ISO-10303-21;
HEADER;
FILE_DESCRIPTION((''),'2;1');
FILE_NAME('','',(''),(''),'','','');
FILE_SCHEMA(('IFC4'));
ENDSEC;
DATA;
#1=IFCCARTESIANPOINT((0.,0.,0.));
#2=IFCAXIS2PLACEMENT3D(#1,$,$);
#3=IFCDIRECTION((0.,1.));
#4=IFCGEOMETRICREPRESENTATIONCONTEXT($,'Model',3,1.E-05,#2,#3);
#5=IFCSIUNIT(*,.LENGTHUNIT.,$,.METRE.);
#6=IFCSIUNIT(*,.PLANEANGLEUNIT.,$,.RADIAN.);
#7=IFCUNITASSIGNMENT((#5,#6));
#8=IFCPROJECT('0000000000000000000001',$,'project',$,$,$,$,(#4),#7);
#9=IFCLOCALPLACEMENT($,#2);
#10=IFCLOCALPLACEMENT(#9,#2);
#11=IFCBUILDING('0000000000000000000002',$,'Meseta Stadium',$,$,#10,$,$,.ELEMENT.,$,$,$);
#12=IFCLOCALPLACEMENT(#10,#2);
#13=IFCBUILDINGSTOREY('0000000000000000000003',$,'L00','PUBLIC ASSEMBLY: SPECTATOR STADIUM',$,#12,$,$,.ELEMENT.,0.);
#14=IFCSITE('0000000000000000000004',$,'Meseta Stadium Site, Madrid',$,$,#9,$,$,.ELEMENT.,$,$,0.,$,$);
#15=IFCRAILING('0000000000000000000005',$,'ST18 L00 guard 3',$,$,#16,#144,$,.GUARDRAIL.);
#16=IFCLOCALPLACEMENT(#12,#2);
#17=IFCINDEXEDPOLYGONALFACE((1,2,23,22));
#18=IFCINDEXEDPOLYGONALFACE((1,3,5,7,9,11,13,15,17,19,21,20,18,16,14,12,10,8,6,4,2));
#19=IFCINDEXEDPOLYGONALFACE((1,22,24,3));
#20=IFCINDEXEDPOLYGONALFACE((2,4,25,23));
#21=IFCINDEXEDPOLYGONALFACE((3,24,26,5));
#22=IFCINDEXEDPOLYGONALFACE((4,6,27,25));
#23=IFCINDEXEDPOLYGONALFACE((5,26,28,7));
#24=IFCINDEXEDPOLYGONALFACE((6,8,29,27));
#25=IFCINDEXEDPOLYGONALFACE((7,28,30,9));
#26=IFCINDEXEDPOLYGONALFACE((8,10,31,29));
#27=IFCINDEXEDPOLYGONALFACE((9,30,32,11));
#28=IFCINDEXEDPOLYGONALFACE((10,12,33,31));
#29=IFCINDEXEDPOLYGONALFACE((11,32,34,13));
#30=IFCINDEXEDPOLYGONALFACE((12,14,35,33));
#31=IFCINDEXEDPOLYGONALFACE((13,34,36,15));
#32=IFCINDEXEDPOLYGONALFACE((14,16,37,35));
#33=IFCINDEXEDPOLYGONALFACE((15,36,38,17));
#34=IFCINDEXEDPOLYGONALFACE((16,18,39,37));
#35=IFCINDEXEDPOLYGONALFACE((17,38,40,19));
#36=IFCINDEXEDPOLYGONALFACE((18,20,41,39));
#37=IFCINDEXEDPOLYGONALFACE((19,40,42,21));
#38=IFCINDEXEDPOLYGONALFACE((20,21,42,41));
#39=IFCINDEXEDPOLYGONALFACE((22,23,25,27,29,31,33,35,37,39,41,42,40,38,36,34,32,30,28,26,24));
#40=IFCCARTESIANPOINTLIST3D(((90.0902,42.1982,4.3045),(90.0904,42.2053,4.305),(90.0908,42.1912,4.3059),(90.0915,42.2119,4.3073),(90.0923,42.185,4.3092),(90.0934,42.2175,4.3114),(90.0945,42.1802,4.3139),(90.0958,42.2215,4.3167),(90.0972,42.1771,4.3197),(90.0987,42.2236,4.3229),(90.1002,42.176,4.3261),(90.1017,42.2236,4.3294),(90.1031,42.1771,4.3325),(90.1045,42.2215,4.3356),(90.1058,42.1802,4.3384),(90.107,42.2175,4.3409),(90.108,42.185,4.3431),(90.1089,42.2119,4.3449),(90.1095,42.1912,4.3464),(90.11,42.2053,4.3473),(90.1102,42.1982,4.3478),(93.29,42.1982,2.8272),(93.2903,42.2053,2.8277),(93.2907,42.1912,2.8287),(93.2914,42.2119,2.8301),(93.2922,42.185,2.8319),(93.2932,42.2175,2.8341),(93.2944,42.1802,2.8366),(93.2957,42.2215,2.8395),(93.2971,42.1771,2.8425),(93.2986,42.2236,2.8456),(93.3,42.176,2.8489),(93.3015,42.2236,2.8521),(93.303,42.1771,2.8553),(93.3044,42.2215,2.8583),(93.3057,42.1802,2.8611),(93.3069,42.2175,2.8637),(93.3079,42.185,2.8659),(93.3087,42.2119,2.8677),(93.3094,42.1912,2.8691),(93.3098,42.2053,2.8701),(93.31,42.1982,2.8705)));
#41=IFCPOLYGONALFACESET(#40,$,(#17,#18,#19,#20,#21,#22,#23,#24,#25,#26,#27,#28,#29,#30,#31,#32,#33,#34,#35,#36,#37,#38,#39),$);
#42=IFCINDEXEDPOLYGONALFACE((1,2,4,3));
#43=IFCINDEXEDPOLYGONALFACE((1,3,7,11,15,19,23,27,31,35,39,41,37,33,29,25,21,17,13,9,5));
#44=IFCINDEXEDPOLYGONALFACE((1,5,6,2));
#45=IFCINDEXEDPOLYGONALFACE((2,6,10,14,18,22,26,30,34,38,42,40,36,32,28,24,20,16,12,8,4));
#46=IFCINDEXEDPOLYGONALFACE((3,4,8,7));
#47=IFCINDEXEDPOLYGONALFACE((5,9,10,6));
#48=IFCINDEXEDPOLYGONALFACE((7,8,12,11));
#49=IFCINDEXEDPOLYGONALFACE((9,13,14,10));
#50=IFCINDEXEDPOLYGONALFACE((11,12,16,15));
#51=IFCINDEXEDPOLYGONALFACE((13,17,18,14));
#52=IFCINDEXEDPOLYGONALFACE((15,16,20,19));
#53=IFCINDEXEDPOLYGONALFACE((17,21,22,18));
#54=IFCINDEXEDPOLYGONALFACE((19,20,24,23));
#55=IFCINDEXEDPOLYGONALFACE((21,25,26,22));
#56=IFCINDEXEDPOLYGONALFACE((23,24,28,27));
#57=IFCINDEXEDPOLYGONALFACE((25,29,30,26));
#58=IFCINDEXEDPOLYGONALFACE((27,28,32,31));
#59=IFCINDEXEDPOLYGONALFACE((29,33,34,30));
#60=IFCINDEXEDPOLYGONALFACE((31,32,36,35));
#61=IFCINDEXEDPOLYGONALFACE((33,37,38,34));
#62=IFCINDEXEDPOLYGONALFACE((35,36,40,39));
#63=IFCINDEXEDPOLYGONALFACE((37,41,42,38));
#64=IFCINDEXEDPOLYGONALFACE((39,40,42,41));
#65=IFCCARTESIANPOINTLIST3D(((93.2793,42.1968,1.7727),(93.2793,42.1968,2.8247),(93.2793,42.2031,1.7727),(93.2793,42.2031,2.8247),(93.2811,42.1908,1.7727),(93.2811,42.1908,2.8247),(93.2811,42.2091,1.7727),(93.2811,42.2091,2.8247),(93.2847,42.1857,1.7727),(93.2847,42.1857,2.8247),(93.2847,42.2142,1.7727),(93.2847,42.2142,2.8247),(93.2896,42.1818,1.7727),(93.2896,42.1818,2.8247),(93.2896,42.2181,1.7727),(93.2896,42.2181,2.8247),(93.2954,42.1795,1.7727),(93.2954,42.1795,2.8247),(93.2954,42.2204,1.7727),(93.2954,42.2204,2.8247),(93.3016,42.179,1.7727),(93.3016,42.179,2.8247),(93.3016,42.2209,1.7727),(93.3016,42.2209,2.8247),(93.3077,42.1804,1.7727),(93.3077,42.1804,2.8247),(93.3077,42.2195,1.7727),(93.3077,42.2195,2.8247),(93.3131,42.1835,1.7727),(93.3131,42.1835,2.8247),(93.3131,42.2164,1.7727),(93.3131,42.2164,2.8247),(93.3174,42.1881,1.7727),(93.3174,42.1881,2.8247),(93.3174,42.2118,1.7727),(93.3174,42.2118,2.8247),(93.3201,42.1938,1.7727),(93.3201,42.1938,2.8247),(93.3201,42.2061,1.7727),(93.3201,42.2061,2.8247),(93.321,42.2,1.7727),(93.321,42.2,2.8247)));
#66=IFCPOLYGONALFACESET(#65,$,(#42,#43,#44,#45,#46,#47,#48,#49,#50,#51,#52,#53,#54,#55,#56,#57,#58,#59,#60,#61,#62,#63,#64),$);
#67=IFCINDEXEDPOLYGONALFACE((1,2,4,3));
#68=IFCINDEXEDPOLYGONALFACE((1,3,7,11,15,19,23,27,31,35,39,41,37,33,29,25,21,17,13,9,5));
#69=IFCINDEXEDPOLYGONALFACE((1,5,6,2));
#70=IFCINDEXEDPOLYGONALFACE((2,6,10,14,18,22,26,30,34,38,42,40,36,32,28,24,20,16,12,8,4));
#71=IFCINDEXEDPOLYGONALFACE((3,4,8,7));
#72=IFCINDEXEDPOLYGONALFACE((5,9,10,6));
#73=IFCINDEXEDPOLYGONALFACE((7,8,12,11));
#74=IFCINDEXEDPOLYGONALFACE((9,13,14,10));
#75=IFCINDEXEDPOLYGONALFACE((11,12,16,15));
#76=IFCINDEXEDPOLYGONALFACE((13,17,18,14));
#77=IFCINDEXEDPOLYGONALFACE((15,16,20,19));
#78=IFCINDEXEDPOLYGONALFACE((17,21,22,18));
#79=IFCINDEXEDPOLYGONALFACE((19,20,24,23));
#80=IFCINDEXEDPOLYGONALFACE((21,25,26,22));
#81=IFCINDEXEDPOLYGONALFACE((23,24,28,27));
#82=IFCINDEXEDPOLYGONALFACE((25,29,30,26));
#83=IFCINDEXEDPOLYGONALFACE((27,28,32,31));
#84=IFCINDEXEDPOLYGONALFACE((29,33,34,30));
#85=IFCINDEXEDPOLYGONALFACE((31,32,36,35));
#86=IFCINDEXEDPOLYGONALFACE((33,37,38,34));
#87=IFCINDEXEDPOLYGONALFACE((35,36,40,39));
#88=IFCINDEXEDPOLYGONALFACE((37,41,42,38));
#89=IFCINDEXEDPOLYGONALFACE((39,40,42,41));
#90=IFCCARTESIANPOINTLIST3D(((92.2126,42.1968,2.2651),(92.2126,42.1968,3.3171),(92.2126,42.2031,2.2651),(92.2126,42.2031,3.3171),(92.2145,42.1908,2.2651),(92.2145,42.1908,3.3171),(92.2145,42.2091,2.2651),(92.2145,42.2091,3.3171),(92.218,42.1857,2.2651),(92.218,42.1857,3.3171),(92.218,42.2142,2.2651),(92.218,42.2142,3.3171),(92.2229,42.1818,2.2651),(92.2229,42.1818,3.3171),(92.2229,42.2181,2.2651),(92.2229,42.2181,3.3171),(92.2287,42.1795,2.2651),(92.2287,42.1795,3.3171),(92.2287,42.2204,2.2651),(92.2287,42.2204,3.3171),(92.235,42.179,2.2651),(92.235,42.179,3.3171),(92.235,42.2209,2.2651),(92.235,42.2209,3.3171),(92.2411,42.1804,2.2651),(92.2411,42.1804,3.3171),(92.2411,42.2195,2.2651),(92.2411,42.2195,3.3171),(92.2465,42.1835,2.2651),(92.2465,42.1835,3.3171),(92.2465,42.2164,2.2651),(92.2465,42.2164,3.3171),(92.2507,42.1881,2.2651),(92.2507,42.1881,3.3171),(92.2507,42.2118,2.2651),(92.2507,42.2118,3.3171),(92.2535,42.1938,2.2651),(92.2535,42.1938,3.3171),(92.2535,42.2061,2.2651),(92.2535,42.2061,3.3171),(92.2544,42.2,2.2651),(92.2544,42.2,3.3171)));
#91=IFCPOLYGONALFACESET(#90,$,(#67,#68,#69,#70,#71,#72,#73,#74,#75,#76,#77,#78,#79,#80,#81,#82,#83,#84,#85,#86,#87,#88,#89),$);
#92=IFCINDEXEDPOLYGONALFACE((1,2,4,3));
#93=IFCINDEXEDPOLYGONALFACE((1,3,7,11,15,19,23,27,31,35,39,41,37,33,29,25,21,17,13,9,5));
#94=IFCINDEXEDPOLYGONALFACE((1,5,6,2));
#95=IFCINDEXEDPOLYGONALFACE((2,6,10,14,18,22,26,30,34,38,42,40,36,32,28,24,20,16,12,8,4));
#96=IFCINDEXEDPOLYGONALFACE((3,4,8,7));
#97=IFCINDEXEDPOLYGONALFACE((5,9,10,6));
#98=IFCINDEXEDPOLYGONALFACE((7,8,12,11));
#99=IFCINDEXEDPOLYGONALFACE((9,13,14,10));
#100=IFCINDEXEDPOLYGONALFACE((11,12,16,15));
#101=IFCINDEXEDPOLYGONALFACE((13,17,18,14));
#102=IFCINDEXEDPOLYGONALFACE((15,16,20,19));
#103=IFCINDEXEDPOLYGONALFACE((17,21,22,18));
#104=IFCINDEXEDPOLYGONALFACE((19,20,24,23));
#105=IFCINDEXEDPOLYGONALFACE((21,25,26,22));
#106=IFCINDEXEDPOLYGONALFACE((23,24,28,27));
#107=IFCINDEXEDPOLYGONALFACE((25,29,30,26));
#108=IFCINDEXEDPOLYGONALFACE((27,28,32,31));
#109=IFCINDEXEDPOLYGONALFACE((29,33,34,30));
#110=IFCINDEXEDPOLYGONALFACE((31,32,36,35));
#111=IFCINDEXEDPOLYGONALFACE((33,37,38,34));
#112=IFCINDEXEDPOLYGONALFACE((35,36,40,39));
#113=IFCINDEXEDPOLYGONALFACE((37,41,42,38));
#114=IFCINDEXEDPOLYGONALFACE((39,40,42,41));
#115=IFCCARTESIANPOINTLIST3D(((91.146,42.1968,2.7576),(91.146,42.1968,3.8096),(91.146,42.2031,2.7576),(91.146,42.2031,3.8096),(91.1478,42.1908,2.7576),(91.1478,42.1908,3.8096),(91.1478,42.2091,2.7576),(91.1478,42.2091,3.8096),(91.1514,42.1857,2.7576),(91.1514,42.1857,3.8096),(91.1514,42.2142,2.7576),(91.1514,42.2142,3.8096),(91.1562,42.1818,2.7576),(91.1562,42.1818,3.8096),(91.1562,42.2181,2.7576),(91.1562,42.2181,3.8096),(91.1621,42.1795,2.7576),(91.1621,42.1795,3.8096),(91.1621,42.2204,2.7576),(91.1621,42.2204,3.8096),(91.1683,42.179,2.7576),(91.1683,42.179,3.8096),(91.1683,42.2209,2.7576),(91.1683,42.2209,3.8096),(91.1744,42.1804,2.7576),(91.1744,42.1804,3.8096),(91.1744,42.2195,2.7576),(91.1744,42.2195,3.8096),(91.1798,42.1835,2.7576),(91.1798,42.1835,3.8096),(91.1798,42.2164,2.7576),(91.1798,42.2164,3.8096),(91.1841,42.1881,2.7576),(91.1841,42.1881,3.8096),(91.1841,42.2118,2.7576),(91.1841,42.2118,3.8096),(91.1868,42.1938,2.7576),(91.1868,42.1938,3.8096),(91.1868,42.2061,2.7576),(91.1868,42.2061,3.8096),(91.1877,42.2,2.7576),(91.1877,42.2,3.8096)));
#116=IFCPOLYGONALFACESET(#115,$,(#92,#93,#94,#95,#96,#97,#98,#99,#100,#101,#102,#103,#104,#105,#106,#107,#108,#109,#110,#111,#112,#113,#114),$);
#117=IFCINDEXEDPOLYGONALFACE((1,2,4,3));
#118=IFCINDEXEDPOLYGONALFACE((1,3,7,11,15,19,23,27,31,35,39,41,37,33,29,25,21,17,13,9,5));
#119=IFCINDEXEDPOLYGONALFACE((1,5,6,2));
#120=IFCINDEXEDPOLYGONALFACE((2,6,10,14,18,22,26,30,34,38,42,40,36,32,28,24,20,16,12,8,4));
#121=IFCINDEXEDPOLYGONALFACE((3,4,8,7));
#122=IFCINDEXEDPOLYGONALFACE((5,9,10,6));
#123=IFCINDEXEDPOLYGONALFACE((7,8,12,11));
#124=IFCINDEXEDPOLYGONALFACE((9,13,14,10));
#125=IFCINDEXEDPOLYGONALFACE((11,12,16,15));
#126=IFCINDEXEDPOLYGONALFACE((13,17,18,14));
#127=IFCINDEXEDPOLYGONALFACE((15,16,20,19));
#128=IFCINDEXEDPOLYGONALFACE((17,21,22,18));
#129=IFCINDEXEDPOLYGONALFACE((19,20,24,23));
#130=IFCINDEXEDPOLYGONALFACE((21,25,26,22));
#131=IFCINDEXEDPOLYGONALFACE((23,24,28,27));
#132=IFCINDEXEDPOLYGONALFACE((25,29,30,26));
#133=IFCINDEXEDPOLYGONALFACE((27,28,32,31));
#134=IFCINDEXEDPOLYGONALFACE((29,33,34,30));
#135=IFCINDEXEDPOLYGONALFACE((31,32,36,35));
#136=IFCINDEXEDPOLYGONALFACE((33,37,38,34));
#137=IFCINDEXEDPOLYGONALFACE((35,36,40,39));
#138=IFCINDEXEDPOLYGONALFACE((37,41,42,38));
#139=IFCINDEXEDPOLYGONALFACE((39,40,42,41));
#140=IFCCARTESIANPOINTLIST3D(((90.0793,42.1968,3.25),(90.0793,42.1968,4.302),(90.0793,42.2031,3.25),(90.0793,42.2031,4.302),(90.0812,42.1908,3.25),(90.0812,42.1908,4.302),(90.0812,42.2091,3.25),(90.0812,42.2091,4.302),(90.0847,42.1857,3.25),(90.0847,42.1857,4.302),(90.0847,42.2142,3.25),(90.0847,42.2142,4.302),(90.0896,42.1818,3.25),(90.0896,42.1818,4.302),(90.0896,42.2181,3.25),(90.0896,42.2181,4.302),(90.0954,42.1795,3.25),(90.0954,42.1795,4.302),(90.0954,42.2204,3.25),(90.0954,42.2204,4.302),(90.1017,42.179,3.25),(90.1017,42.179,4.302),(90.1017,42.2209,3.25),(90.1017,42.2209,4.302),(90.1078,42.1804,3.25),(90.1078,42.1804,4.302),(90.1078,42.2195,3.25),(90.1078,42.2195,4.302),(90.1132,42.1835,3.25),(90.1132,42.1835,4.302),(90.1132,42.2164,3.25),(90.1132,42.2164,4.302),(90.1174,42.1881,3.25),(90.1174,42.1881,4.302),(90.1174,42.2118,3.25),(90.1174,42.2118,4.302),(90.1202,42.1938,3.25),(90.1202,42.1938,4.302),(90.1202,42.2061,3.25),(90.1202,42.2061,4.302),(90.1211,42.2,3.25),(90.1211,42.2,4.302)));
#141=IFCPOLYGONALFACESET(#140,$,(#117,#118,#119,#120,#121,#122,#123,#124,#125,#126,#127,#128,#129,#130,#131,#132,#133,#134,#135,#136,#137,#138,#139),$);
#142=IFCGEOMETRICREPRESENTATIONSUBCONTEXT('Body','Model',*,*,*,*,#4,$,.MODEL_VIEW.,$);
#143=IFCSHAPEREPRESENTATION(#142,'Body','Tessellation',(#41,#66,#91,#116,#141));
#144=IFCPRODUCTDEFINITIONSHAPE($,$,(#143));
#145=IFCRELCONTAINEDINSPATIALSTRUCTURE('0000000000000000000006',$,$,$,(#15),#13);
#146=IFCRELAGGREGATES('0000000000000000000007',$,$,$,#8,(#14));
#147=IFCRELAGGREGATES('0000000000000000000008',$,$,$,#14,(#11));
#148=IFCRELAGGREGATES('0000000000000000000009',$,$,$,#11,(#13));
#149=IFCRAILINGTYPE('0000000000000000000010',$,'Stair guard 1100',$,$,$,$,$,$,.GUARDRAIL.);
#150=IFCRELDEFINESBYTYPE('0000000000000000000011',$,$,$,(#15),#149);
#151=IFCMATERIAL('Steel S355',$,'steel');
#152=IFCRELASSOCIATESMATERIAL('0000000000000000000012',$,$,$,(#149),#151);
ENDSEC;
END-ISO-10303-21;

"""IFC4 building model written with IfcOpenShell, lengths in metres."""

from ifc_helpers import new_model, si_unit, direction, frame, origin, origin_2d, place, context, subcontext, project, spatial, circle, extrude, material, type_object, element, save


model = new_model("IFC4")

# Units and contexts
model_context = context("Model", 3, precision=1e-05, world=origin(), true_north=direction((0.0, 1.0)))
body_context = subcontext(model_context, "Body", "Model", "MODEL_VIEW")
ifc_project = project(units=[si_unit("LENGTHUNIT", "METRE"), si_unit("PLANEANGLEUNIT", "RADIAN")], contexts=[model_context])

# Site, building, storey
site_placement = place(None, origin())
site = spatial("IfcSite", under=ifc_project, at=site_placement, Name="Meseta Stadium Site, Madrid", CompositionType="ELEMENT", RefElevation=0.0)
building_placement = place(site_placement, origin())
building = spatial("IfcBuilding", under=site, at=building_placement, Name="Meseta Stadium", CompositionType="ELEMENT")
storey_placement = place(building_placement, origin())
storey = spatial("IfcBuildingStorey", under=building, at=storey_placement, Name="L00", Description="PUBLIC ASSEMBLY: SPECTATOR STADIUM", CompositionType="ELEMENT", Elevation=0.0)

# Railing
ifc_material_1 = material(Name="Steel S355", Category="steel")
railing_type_1 = type_object("IfcRailingType", Name="Stair guard 1100", PredefinedType="GUARDRAIL", material=ifc_material_1)
railing_1_placement = place(storey_placement, frame((93.3, 42.2, 1.7727)))
element("IfcRailing", 1, at=railing_1_placement, inside=storey, type_object=railing_type_1, Name="ST18 L00 guard 3", PredefinedType="GUARDRAIL", context=body_context, shape_type="SweptSolid", body=[
    extrude(circle(Radius=0.0239, at=origin_2d()), frame((0.0, 0.0, 1.0762), z_axis=(-0.907917, 0.0, 0.41915), x_axis=(0.0, -1.0, 0.0)), (0.0, 0.0, 1.0), 3.5244),
    extrude(circle(Radius=0.021, at=origin_2d()), origin(), (0.0, 0.0, 1.0), 1.052),
    extrude(circle(Radius=0.021, at=origin_2d()), frame((-1.0667, 0.0, 0.4924)), (0.0, 0.0, 1.0), 1.052),
    extrude(circle(Radius=0.021, at=origin_2d()), frame((-2.1333, 0.0, 0.9849)), (0.0, 0.0, 1.0), 1.052),
    extrude(circle(Radius=0.021, at=origin_2d()), frame((-3.2, 0.0, 1.4773)), (0.0, 0.0, 1.0), 1.052),
])

save(model, "model.ifc")
